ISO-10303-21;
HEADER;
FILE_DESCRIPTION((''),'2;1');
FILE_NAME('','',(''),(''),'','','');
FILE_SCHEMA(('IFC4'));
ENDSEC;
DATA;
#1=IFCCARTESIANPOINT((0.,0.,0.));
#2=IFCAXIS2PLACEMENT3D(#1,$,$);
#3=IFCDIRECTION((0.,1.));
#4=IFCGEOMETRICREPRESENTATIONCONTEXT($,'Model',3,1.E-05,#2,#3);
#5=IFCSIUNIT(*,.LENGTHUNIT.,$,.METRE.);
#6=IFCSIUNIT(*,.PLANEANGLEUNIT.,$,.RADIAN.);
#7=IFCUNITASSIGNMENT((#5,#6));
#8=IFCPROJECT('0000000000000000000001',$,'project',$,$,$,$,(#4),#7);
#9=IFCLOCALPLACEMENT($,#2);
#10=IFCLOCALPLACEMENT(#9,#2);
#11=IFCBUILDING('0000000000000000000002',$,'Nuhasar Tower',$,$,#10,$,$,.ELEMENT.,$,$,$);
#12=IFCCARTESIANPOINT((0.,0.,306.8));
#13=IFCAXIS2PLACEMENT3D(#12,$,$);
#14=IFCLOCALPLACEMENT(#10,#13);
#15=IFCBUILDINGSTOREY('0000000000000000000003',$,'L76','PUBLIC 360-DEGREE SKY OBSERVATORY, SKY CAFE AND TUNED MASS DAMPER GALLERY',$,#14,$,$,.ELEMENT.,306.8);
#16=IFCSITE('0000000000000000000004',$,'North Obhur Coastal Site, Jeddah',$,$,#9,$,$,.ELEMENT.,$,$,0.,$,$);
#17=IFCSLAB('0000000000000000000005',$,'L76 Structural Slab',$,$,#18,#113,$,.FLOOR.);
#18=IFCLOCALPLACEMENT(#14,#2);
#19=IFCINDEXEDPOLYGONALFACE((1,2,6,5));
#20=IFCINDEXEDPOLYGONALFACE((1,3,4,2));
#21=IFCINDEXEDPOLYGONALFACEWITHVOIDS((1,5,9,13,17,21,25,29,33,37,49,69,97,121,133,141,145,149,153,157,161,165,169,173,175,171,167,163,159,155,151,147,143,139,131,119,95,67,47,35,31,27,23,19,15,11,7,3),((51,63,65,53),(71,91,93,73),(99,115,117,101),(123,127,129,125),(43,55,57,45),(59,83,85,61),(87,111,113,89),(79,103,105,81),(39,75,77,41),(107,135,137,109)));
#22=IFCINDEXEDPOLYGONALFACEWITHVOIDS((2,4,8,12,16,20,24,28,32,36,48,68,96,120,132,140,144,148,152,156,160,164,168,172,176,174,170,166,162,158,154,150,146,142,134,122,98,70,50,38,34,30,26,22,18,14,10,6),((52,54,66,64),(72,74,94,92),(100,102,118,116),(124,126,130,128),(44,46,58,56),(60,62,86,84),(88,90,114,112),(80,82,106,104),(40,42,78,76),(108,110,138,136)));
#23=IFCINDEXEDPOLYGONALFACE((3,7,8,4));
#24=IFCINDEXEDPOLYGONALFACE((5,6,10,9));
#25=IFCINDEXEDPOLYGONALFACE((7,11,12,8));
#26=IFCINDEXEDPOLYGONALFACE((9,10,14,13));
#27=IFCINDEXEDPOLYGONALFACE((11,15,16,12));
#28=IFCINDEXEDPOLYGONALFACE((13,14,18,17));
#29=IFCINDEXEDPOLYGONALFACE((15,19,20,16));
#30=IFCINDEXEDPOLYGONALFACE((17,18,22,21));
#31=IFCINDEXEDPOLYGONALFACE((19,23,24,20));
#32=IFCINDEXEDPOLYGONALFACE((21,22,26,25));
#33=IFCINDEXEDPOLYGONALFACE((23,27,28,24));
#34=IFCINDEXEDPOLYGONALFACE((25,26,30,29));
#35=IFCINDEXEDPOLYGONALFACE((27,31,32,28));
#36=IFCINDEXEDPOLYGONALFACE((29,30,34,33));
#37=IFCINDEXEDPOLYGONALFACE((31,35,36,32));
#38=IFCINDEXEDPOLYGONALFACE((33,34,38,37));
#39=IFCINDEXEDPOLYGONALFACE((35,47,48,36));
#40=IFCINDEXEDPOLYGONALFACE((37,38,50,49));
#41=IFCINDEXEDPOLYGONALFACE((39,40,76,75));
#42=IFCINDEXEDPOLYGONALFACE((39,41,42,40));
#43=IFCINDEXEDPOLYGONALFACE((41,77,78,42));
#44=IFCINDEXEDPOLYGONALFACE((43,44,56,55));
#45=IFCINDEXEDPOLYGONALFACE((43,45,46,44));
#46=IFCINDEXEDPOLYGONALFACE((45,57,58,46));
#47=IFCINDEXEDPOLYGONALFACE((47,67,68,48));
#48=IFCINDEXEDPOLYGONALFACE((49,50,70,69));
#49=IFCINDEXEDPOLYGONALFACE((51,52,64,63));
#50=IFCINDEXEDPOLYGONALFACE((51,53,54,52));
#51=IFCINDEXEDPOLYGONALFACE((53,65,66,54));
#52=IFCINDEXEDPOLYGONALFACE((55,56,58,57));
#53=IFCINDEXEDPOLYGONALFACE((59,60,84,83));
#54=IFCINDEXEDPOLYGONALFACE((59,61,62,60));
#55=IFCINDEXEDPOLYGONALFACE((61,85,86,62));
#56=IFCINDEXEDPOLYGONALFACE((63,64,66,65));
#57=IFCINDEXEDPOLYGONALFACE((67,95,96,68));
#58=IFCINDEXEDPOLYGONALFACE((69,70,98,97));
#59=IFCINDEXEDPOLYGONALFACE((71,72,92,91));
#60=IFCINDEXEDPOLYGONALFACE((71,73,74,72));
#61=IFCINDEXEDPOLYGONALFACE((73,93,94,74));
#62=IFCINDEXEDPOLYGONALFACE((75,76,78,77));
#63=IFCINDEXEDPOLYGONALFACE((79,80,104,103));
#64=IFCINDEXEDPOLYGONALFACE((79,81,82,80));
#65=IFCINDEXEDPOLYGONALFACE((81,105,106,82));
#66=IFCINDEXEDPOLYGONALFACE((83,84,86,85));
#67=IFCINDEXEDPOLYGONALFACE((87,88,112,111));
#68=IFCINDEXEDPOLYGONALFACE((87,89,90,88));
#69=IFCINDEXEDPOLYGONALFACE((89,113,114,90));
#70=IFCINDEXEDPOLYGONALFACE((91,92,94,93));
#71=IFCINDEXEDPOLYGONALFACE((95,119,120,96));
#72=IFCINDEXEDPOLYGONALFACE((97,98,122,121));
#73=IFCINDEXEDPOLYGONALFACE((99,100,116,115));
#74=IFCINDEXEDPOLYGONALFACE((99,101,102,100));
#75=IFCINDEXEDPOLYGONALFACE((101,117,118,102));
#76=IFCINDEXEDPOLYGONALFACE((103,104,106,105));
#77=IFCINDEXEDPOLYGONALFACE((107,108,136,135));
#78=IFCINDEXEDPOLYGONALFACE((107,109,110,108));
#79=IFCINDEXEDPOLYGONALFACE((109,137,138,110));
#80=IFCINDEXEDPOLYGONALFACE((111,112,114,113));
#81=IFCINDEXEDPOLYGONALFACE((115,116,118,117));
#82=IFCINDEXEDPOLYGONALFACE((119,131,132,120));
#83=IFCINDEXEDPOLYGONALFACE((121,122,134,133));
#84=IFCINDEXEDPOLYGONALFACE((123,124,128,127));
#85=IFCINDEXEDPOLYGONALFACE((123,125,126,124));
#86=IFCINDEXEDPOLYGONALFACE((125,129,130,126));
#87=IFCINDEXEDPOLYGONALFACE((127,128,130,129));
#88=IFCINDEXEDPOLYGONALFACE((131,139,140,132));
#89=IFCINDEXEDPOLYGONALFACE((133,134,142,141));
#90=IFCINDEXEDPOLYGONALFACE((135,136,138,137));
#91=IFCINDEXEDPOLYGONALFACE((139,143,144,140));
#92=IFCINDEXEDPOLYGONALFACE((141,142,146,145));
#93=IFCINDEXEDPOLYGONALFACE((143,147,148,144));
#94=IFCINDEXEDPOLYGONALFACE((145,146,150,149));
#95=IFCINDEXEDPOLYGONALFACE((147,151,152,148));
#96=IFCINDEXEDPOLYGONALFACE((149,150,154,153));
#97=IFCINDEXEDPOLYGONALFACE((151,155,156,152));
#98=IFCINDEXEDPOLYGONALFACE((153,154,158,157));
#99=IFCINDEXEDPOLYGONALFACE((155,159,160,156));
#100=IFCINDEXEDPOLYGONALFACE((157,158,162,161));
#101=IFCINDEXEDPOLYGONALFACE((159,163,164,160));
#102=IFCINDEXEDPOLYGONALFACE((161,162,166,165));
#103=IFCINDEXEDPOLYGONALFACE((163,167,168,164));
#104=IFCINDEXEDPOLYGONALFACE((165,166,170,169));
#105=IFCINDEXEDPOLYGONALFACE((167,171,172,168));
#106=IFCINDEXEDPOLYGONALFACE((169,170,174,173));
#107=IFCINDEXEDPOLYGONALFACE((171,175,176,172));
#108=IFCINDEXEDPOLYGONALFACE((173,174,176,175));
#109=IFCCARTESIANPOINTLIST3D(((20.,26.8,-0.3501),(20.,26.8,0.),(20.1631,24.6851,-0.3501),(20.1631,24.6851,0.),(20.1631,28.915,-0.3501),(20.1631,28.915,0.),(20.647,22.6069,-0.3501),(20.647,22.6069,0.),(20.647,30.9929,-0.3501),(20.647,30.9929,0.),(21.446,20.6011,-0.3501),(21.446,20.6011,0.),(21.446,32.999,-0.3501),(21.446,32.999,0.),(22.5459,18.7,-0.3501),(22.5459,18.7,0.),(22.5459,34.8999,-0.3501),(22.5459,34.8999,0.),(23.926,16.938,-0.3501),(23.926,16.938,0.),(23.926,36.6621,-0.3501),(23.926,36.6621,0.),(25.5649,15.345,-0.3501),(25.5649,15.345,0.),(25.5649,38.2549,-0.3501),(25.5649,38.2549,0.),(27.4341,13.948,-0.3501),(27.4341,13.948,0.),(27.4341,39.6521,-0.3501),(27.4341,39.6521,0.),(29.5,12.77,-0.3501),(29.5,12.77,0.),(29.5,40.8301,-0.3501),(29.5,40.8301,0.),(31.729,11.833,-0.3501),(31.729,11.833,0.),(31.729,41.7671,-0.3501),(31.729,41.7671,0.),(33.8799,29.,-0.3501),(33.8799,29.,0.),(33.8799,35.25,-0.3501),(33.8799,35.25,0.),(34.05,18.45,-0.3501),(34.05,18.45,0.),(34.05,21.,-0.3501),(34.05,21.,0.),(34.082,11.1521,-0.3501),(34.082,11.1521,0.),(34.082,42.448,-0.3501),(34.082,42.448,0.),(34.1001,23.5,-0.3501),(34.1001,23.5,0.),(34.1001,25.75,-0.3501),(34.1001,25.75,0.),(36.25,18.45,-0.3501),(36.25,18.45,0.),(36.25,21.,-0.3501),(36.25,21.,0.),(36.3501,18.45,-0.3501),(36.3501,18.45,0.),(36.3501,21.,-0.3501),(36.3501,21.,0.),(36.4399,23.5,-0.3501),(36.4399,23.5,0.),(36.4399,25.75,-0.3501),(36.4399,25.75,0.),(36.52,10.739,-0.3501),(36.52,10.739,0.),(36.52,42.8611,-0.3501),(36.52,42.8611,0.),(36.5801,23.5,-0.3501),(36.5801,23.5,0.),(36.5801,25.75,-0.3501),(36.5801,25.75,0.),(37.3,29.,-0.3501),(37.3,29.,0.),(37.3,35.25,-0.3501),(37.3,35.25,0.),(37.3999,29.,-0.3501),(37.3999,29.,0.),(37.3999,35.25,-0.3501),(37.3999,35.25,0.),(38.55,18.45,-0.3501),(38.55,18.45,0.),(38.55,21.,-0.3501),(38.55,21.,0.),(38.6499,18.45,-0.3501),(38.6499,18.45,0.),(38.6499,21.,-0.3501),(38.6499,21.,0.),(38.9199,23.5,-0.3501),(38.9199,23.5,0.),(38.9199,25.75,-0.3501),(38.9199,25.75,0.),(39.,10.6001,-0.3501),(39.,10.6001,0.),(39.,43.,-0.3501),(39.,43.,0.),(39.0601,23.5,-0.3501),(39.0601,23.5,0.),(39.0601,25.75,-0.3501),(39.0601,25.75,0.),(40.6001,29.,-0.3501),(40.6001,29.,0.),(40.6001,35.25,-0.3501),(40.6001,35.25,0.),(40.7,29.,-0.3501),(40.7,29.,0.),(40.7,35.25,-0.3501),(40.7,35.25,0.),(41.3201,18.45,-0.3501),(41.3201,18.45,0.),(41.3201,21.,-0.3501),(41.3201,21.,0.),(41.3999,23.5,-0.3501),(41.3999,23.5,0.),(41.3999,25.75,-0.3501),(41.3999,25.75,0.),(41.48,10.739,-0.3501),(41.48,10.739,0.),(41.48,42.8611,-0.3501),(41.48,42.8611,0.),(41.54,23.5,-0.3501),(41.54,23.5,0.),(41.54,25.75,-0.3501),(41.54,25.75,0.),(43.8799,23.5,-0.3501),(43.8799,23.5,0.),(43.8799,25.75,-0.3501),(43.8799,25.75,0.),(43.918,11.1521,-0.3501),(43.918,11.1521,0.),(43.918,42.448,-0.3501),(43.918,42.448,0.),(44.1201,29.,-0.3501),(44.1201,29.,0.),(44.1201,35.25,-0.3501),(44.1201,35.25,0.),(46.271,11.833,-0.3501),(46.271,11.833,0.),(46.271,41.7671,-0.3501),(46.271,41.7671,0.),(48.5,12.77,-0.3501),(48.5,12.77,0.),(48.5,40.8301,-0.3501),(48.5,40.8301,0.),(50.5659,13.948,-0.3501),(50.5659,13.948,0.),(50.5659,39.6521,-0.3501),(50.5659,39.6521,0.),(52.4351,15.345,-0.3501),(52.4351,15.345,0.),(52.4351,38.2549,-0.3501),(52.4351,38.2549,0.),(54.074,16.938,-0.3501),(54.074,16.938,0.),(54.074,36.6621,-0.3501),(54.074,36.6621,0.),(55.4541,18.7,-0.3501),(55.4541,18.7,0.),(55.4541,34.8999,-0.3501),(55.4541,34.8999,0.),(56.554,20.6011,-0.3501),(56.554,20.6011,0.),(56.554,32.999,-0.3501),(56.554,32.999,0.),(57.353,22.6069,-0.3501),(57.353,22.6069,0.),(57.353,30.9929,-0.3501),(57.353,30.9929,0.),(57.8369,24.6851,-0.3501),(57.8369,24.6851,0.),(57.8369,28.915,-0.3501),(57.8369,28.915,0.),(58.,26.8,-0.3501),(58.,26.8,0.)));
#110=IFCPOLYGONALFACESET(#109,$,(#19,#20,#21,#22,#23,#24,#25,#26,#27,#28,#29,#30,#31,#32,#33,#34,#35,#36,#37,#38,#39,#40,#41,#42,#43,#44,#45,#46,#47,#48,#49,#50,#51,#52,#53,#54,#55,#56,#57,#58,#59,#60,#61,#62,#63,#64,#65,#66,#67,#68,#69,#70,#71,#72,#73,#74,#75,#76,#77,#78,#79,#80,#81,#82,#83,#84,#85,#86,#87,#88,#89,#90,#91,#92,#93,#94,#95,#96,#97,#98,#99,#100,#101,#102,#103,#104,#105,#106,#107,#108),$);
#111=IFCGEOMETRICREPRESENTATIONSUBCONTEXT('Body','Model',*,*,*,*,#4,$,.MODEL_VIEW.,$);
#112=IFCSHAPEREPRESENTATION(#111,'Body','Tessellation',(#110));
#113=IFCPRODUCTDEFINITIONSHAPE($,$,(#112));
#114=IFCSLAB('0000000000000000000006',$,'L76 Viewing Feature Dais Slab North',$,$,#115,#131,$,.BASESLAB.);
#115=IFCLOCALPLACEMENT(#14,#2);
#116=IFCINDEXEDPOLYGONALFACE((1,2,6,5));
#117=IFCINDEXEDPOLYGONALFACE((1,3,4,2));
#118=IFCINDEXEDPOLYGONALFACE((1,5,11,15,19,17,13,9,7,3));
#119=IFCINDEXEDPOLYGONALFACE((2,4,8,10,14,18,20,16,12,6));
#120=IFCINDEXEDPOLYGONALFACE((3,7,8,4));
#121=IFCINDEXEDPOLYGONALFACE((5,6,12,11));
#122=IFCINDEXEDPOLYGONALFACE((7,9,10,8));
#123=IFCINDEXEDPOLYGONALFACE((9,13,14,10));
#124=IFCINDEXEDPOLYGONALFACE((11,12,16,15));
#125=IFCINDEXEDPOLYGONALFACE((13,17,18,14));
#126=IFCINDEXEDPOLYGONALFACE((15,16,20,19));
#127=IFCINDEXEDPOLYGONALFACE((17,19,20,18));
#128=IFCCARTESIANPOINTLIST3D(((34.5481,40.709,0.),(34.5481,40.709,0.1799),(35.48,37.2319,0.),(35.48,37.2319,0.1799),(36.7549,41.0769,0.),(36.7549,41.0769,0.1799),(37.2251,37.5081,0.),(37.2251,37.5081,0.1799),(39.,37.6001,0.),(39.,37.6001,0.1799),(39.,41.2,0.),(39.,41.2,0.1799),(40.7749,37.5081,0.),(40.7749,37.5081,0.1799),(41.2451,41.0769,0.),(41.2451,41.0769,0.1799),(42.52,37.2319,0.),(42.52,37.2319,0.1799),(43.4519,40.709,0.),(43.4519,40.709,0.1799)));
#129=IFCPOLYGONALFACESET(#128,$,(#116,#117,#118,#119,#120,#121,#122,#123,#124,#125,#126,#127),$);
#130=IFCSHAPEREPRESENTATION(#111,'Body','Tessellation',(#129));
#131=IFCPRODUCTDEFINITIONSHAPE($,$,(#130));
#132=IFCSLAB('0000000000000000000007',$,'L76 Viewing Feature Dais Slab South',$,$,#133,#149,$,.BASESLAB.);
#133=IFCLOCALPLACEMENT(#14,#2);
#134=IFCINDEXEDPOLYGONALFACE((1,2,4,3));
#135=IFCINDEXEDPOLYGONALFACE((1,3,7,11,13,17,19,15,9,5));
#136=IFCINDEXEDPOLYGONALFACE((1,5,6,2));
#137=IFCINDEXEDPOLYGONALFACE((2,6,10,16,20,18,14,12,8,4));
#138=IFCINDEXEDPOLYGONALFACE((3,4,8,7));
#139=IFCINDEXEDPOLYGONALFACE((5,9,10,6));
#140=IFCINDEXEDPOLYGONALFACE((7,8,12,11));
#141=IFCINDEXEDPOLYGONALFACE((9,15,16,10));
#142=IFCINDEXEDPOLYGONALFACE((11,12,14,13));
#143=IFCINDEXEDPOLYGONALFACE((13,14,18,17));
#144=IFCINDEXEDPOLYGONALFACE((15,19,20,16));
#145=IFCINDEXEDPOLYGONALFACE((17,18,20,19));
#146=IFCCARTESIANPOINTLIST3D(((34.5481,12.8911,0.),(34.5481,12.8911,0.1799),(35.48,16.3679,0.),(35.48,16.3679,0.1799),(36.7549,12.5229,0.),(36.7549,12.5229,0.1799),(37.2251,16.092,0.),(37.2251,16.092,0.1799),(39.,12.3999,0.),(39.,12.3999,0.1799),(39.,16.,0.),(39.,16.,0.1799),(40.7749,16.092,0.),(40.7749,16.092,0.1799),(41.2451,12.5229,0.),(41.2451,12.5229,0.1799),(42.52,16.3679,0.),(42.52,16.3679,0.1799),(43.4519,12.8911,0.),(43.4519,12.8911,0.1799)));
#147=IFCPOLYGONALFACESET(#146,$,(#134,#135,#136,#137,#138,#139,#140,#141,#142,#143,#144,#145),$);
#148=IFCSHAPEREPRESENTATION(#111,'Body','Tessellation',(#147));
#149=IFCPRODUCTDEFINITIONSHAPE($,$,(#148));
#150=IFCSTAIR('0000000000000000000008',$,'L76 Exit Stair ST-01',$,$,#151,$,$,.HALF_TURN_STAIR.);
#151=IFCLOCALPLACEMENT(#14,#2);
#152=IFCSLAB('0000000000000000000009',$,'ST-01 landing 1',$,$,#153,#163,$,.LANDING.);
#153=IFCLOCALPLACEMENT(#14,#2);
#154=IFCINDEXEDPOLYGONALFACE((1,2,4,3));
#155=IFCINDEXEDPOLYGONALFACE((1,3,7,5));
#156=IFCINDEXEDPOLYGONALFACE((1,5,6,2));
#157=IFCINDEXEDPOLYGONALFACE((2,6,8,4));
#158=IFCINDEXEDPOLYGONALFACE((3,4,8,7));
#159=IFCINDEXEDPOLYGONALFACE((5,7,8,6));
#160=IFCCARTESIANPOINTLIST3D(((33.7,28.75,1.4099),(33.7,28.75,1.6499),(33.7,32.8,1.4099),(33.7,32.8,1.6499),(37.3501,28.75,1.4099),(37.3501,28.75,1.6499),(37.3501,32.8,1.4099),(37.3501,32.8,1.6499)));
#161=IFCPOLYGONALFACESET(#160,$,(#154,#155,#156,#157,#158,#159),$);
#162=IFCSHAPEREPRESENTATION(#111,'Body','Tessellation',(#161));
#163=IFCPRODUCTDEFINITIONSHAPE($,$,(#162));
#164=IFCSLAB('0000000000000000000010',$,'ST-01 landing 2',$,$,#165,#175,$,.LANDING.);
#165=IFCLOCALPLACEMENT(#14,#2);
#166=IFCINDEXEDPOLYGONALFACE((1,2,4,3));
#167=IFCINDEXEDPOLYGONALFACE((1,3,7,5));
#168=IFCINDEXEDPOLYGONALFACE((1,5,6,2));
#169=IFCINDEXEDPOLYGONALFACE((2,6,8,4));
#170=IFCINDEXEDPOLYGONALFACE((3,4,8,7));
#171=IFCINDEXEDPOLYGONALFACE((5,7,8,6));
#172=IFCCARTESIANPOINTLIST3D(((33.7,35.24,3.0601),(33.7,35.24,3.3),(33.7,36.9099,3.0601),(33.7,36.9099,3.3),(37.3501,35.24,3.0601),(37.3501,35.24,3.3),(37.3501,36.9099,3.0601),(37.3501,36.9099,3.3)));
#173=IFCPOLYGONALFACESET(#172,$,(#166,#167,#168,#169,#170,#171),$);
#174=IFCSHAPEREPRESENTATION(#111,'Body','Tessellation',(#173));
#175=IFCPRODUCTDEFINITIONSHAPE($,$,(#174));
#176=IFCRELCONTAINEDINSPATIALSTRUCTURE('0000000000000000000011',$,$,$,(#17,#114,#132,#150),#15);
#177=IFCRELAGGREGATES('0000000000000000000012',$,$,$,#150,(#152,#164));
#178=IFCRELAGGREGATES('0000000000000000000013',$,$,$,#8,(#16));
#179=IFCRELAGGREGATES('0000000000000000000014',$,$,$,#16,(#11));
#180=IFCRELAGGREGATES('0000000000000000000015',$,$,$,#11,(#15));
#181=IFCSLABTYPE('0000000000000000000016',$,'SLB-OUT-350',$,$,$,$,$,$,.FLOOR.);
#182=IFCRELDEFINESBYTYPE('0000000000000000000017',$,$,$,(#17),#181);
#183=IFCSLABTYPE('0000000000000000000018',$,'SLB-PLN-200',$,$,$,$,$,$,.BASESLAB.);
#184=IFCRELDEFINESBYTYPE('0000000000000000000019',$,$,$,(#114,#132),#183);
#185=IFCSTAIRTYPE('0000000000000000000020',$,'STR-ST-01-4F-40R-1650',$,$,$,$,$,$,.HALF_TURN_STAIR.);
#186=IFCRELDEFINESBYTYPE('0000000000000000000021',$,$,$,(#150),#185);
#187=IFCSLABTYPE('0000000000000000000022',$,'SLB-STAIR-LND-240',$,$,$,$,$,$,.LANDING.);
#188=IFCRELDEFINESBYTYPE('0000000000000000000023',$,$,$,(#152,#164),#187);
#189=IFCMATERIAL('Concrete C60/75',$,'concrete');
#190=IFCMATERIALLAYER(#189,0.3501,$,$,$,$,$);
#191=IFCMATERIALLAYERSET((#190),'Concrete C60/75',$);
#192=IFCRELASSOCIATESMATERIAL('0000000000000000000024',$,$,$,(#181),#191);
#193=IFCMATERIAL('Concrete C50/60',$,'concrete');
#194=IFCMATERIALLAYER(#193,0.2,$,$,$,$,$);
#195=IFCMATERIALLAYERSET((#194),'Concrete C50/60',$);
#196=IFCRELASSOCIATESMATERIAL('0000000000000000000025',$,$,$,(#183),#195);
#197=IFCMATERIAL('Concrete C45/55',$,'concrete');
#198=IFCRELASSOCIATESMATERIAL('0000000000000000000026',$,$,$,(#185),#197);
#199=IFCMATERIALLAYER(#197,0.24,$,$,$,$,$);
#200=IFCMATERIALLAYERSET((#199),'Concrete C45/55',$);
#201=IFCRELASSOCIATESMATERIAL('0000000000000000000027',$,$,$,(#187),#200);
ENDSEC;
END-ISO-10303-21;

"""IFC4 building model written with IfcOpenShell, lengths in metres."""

from ifc_helpers import new_model, si_unit, direction, frame, origin, place, context, subcontext, project, spatial, polyline, outline, extrude, material, layer, layer_set, type_object, element, aggregate, save


model = new_model("IFC4")

# Units and contexts
model_context = context("Model", 3, precision=1e-05, world=origin(), true_north=direction((0.0, 1.0)))
body_context = subcontext(model_context, "Body", "Model", "MODEL_VIEW")
ifc_project = project(units=[si_unit("LENGTHUNIT", "METRE"), si_unit("PLANEANGLEUNIT", "RADIAN")], contexts=[model_context])

# Site, building, storey
site_placement = place(None, origin())
site = spatial("IfcSite", under=ifc_project, at=site_placement, Name="North Obhur Coastal Site, Jeddah", CompositionType="ELEMENT", RefElevation=0.0)
building_placement = place(site_placement, origin())
building = spatial("IfcBuilding", under=site, at=building_placement, Name="Nuhasar Tower", CompositionType="ELEMENT")
storey_placement = place(building_placement, frame((0.0, 0.0, 306.8)))
storey = spatial("IfcBuildingStorey", under=building, at=storey_placement, Name="L76", Description="PUBLIC 360-DEGREE SKY OBSERVATORY, SKY CAFE AND TUNED MASS DAMPER GALLERY", CompositionType="ELEMENT", Elevation=306.8)

# Shared definitions
ifc_material_1 = material(Name="Concrete C50/60", Category="concrete")

# Slabs
ifc_material_2 = material(Name="Concrete C60/75", Category="concrete")
ifc_layer_1 = layer(ifc_material_2, 0.3501)
ifc_layer_set_1 = layer_set([ifc_layer_1], Name="Concrete C60/75")
slab_type_1 = type_object("IfcSlabType", Name="SLB-OUT-350", PredefinedType="FLOOR", material=ifc_layer_set_1)
slab_1_placement = place(storey_placement, frame((0.0, 0.0, -0.3501)))
element("IfcSlab", 1, at=slab_1_placement, inside=storey, type_object=slab_type_1, Name="L76 Structural Slab", PredefinedType="FLOOR", context=body_context, shape_type="SweptSolid", body=[
    extrude(outline(polyline([(58.0, 26.8), (57.8369, 28.915), (57.353, 30.9929), (56.554, 32.999), (55.4541, 34.8999), (54.074, 36.6621), (52.4351, 38.2549), (50.5659, 39.6521), (48.5, 40.8301), (46.271, 41.7671), (43.918, 42.448), (41.48, 42.8611), (39.0, 43.0), (36.52, 42.8611), (34.082, 42.448), (31.729, 41.7671), (29.5, 40.8301), (27.4341, 39.6521), (25.5649, 38.2549), (23.926, 36.6621), (22.5459, 34.8999), (21.446, 32.999), (20.647, 30.9929), (20.1631, 28.915), (20.0, 26.8), (20.1631, 24.6851), (20.647, 22.6069), (21.446, 20.6011), (22.5459, 18.7), (23.926, 16.938), (25.5649, 15.345), (27.4341, 13.948), (29.5, 12.77), (31.729, 11.833), (34.082, 11.1521), (36.52, 10.739), (39.0, 10.6001), (41.48, 10.739), (43.918, 11.1521), (46.271, 11.833), (48.5, 12.77), (50.5659, 13.948), (52.4351, 15.345), (54.074, 16.938), (55.4541, 18.7), (56.554, 20.6011), (57.353, 22.6069), (57.8369, 24.6851), (58.0, 26.8)]), holes=[polyline([(33.8799, 35.25), (37.3, 35.25), (37.3, 29.0), (33.8799, 29.0), (33.8799, 35.25)]), polyline([(37.3999, 35.25), (40.6001, 35.25), (40.6001, 29.0), (37.3999, 29.0), (37.3999, 35.25)]), polyline([(40.7, 35.25), (44.1201, 35.25), (44.1201, 29.0), (40.7, 29.0), (40.7, 35.25)]), polyline([(34.1001, 25.75), (36.4399, 25.75), (36.4399, 23.5), (34.1001, 23.5), (34.1001, 25.75)]), polyline([(36.5801, 25.75), (38.9199, 25.75), (38.9199, 23.5), (36.5801, 23.5), (36.5801, 25.75)]), polyline([(39.0601, 25.75), (41.3999, 25.75), (41.3999, 23.5), (39.0601, 23.5), (39.0601, 25.75)]), polyline([(41.54, 25.75), (43.8799, 25.75), (43.8799, 23.5), (41.54, 23.5), (41.54, 25.75)]), polyline([(34.05, 21.0), (36.25, 21.0), (36.25, 18.45), (34.05, 18.45), (34.05, 21.0)]), polyline([(36.3501, 21.0), (38.55, 21.0), (38.55, 18.45), (36.3501, 18.45), (36.3501, 21.0)]), polyline([(38.6499, 21.0), (41.3201, 21.0), (41.3201, 18.45), (38.6499, 18.45), (38.6499, 21.0)])]), origin(), (0.0, 0.0, 1.0), 0.3501),
])
ifc_layer_2 = layer(ifc_material_1, 0.2)
ifc_layer_set_2 = layer_set([ifc_layer_2], Name="Concrete C50/60")
slab_type_2 = type_object("IfcSlabType", Name="SLB-PLN-200", PredefinedType="BASESLAB", material=ifc_layer_set_2)
slab_2_placement = place(storey_placement, origin())
element("IfcSlab", 2, at=slab_2_placement, inside=storey, type_object=slab_type_2, Name="L76 Viewing Feature Dais Slab North", PredefinedType="BASESLAB", context=body_context, shape_type="SweptSolid", body=[
    extrude(outline(polyline([(43.4519, 40.709), (41.2451, 41.0769), (39.0, 41.2), (36.7549, 41.0769), (34.5481, 40.709), (35.48, 37.2319), (37.2251, 37.5081), (39.0, 37.6001), (40.7749, 37.5081), (42.52, 37.2319), (43.4519, 40.709)])), origin(), (0.0, 0.0, 1.0), 0.1799),
])
slab_3_placement = place(storey_placement, origin())
element("IfcSlab", 3, at=slab_3_placement, inside=storey, type_object=slab_type_2, Name="L76 Viewing Feature Dais Slab South", PredefinedType="BASESLAB", context=body_context, shape_type="SweptSolid", body=[
    extrude(outline(polyline([(34.5481, 12.8911), (36.7549, 12.5229), (39.0, 12.3999), (41.2451, 12.5229), (43.4519, 12.8911), (42.52, 16.3679), (40.7749, 16.092), (39.0, 16.0), (37.2251, 16.092), (35.48, 16.3679), (34.5481, 12.8911)])), origin(), (0.0, 0.0, 1.0), 0.1799),
])

# Stair, slabs
ifc_material_3 = material(Name="Concrete C45/55", Category="concrete")
stair_type_1 = type_object("IfcStairType", Name="STR-ST-01-4F-40R-1650", PredefinedType="HALF_TURN_STAIR", material=ifc_material_3)
stair_1_placement = place(storey_placement, origin())
stair_1 = element("IfcStair", 4, at=stair_1_placement, inside=storey, type_object=stair_type_1, Name="L76 Exit Stair ST-01", PredefinedType="HALF_TURN_STAIR")
ifc_layer_3 = layer(ifc_material_3, 0.24)
ifc_layer_set_3 = layer_set([ifc_layer_3], Name="Concrete C45/55")
slab_type_3 = type_object("IfcSlabType", Name="SLB-STAIR-LND-240", PredefinedType="LANDING", material=ifc_layer_set_3)
slab_4_placement = place(storey_placement, frame((0.0, 0.0, 1.4099)))
slab_4 = element("IfcSlab", 5, at=slab_4_placement, type_object=slab_type_3, Name="ST-01 landing 1", PredefinedType="LANDING", context=body_context, shape_type="SweptSolid", body=[
    extrude(outline(polyline([(33.7, 28.75), (37.3501, 28.75), (37.3501, 32.8), (33.7, 32.8), (33.7, 28.75)])), origin(), (0.0, 0.0, 1.0), 0.24),
])
slab_5_placement = place(storey_placement, frame((0.0, 0.0, 3.0601)))
slab_5 = element("IfcSlab", 6, at=slab_5_placement, type_object=slab_type_3, Name="ST-01 landing 2", PredefinedType="LANDING", context=body_context, shape_type="SweptSolid", body=[
    extrude(outline(polyline([(33.7, 35.24), (37.3501, 35.24), (37.3501, 36.9099), (33.7, 36.9099), (33.7, 35.24)])), origin(), (0.0, 0.0, 1.0), 0.24),
])
aggregate(stair_1, [slab_4, slab_5])

save(model, "model.ifc")
